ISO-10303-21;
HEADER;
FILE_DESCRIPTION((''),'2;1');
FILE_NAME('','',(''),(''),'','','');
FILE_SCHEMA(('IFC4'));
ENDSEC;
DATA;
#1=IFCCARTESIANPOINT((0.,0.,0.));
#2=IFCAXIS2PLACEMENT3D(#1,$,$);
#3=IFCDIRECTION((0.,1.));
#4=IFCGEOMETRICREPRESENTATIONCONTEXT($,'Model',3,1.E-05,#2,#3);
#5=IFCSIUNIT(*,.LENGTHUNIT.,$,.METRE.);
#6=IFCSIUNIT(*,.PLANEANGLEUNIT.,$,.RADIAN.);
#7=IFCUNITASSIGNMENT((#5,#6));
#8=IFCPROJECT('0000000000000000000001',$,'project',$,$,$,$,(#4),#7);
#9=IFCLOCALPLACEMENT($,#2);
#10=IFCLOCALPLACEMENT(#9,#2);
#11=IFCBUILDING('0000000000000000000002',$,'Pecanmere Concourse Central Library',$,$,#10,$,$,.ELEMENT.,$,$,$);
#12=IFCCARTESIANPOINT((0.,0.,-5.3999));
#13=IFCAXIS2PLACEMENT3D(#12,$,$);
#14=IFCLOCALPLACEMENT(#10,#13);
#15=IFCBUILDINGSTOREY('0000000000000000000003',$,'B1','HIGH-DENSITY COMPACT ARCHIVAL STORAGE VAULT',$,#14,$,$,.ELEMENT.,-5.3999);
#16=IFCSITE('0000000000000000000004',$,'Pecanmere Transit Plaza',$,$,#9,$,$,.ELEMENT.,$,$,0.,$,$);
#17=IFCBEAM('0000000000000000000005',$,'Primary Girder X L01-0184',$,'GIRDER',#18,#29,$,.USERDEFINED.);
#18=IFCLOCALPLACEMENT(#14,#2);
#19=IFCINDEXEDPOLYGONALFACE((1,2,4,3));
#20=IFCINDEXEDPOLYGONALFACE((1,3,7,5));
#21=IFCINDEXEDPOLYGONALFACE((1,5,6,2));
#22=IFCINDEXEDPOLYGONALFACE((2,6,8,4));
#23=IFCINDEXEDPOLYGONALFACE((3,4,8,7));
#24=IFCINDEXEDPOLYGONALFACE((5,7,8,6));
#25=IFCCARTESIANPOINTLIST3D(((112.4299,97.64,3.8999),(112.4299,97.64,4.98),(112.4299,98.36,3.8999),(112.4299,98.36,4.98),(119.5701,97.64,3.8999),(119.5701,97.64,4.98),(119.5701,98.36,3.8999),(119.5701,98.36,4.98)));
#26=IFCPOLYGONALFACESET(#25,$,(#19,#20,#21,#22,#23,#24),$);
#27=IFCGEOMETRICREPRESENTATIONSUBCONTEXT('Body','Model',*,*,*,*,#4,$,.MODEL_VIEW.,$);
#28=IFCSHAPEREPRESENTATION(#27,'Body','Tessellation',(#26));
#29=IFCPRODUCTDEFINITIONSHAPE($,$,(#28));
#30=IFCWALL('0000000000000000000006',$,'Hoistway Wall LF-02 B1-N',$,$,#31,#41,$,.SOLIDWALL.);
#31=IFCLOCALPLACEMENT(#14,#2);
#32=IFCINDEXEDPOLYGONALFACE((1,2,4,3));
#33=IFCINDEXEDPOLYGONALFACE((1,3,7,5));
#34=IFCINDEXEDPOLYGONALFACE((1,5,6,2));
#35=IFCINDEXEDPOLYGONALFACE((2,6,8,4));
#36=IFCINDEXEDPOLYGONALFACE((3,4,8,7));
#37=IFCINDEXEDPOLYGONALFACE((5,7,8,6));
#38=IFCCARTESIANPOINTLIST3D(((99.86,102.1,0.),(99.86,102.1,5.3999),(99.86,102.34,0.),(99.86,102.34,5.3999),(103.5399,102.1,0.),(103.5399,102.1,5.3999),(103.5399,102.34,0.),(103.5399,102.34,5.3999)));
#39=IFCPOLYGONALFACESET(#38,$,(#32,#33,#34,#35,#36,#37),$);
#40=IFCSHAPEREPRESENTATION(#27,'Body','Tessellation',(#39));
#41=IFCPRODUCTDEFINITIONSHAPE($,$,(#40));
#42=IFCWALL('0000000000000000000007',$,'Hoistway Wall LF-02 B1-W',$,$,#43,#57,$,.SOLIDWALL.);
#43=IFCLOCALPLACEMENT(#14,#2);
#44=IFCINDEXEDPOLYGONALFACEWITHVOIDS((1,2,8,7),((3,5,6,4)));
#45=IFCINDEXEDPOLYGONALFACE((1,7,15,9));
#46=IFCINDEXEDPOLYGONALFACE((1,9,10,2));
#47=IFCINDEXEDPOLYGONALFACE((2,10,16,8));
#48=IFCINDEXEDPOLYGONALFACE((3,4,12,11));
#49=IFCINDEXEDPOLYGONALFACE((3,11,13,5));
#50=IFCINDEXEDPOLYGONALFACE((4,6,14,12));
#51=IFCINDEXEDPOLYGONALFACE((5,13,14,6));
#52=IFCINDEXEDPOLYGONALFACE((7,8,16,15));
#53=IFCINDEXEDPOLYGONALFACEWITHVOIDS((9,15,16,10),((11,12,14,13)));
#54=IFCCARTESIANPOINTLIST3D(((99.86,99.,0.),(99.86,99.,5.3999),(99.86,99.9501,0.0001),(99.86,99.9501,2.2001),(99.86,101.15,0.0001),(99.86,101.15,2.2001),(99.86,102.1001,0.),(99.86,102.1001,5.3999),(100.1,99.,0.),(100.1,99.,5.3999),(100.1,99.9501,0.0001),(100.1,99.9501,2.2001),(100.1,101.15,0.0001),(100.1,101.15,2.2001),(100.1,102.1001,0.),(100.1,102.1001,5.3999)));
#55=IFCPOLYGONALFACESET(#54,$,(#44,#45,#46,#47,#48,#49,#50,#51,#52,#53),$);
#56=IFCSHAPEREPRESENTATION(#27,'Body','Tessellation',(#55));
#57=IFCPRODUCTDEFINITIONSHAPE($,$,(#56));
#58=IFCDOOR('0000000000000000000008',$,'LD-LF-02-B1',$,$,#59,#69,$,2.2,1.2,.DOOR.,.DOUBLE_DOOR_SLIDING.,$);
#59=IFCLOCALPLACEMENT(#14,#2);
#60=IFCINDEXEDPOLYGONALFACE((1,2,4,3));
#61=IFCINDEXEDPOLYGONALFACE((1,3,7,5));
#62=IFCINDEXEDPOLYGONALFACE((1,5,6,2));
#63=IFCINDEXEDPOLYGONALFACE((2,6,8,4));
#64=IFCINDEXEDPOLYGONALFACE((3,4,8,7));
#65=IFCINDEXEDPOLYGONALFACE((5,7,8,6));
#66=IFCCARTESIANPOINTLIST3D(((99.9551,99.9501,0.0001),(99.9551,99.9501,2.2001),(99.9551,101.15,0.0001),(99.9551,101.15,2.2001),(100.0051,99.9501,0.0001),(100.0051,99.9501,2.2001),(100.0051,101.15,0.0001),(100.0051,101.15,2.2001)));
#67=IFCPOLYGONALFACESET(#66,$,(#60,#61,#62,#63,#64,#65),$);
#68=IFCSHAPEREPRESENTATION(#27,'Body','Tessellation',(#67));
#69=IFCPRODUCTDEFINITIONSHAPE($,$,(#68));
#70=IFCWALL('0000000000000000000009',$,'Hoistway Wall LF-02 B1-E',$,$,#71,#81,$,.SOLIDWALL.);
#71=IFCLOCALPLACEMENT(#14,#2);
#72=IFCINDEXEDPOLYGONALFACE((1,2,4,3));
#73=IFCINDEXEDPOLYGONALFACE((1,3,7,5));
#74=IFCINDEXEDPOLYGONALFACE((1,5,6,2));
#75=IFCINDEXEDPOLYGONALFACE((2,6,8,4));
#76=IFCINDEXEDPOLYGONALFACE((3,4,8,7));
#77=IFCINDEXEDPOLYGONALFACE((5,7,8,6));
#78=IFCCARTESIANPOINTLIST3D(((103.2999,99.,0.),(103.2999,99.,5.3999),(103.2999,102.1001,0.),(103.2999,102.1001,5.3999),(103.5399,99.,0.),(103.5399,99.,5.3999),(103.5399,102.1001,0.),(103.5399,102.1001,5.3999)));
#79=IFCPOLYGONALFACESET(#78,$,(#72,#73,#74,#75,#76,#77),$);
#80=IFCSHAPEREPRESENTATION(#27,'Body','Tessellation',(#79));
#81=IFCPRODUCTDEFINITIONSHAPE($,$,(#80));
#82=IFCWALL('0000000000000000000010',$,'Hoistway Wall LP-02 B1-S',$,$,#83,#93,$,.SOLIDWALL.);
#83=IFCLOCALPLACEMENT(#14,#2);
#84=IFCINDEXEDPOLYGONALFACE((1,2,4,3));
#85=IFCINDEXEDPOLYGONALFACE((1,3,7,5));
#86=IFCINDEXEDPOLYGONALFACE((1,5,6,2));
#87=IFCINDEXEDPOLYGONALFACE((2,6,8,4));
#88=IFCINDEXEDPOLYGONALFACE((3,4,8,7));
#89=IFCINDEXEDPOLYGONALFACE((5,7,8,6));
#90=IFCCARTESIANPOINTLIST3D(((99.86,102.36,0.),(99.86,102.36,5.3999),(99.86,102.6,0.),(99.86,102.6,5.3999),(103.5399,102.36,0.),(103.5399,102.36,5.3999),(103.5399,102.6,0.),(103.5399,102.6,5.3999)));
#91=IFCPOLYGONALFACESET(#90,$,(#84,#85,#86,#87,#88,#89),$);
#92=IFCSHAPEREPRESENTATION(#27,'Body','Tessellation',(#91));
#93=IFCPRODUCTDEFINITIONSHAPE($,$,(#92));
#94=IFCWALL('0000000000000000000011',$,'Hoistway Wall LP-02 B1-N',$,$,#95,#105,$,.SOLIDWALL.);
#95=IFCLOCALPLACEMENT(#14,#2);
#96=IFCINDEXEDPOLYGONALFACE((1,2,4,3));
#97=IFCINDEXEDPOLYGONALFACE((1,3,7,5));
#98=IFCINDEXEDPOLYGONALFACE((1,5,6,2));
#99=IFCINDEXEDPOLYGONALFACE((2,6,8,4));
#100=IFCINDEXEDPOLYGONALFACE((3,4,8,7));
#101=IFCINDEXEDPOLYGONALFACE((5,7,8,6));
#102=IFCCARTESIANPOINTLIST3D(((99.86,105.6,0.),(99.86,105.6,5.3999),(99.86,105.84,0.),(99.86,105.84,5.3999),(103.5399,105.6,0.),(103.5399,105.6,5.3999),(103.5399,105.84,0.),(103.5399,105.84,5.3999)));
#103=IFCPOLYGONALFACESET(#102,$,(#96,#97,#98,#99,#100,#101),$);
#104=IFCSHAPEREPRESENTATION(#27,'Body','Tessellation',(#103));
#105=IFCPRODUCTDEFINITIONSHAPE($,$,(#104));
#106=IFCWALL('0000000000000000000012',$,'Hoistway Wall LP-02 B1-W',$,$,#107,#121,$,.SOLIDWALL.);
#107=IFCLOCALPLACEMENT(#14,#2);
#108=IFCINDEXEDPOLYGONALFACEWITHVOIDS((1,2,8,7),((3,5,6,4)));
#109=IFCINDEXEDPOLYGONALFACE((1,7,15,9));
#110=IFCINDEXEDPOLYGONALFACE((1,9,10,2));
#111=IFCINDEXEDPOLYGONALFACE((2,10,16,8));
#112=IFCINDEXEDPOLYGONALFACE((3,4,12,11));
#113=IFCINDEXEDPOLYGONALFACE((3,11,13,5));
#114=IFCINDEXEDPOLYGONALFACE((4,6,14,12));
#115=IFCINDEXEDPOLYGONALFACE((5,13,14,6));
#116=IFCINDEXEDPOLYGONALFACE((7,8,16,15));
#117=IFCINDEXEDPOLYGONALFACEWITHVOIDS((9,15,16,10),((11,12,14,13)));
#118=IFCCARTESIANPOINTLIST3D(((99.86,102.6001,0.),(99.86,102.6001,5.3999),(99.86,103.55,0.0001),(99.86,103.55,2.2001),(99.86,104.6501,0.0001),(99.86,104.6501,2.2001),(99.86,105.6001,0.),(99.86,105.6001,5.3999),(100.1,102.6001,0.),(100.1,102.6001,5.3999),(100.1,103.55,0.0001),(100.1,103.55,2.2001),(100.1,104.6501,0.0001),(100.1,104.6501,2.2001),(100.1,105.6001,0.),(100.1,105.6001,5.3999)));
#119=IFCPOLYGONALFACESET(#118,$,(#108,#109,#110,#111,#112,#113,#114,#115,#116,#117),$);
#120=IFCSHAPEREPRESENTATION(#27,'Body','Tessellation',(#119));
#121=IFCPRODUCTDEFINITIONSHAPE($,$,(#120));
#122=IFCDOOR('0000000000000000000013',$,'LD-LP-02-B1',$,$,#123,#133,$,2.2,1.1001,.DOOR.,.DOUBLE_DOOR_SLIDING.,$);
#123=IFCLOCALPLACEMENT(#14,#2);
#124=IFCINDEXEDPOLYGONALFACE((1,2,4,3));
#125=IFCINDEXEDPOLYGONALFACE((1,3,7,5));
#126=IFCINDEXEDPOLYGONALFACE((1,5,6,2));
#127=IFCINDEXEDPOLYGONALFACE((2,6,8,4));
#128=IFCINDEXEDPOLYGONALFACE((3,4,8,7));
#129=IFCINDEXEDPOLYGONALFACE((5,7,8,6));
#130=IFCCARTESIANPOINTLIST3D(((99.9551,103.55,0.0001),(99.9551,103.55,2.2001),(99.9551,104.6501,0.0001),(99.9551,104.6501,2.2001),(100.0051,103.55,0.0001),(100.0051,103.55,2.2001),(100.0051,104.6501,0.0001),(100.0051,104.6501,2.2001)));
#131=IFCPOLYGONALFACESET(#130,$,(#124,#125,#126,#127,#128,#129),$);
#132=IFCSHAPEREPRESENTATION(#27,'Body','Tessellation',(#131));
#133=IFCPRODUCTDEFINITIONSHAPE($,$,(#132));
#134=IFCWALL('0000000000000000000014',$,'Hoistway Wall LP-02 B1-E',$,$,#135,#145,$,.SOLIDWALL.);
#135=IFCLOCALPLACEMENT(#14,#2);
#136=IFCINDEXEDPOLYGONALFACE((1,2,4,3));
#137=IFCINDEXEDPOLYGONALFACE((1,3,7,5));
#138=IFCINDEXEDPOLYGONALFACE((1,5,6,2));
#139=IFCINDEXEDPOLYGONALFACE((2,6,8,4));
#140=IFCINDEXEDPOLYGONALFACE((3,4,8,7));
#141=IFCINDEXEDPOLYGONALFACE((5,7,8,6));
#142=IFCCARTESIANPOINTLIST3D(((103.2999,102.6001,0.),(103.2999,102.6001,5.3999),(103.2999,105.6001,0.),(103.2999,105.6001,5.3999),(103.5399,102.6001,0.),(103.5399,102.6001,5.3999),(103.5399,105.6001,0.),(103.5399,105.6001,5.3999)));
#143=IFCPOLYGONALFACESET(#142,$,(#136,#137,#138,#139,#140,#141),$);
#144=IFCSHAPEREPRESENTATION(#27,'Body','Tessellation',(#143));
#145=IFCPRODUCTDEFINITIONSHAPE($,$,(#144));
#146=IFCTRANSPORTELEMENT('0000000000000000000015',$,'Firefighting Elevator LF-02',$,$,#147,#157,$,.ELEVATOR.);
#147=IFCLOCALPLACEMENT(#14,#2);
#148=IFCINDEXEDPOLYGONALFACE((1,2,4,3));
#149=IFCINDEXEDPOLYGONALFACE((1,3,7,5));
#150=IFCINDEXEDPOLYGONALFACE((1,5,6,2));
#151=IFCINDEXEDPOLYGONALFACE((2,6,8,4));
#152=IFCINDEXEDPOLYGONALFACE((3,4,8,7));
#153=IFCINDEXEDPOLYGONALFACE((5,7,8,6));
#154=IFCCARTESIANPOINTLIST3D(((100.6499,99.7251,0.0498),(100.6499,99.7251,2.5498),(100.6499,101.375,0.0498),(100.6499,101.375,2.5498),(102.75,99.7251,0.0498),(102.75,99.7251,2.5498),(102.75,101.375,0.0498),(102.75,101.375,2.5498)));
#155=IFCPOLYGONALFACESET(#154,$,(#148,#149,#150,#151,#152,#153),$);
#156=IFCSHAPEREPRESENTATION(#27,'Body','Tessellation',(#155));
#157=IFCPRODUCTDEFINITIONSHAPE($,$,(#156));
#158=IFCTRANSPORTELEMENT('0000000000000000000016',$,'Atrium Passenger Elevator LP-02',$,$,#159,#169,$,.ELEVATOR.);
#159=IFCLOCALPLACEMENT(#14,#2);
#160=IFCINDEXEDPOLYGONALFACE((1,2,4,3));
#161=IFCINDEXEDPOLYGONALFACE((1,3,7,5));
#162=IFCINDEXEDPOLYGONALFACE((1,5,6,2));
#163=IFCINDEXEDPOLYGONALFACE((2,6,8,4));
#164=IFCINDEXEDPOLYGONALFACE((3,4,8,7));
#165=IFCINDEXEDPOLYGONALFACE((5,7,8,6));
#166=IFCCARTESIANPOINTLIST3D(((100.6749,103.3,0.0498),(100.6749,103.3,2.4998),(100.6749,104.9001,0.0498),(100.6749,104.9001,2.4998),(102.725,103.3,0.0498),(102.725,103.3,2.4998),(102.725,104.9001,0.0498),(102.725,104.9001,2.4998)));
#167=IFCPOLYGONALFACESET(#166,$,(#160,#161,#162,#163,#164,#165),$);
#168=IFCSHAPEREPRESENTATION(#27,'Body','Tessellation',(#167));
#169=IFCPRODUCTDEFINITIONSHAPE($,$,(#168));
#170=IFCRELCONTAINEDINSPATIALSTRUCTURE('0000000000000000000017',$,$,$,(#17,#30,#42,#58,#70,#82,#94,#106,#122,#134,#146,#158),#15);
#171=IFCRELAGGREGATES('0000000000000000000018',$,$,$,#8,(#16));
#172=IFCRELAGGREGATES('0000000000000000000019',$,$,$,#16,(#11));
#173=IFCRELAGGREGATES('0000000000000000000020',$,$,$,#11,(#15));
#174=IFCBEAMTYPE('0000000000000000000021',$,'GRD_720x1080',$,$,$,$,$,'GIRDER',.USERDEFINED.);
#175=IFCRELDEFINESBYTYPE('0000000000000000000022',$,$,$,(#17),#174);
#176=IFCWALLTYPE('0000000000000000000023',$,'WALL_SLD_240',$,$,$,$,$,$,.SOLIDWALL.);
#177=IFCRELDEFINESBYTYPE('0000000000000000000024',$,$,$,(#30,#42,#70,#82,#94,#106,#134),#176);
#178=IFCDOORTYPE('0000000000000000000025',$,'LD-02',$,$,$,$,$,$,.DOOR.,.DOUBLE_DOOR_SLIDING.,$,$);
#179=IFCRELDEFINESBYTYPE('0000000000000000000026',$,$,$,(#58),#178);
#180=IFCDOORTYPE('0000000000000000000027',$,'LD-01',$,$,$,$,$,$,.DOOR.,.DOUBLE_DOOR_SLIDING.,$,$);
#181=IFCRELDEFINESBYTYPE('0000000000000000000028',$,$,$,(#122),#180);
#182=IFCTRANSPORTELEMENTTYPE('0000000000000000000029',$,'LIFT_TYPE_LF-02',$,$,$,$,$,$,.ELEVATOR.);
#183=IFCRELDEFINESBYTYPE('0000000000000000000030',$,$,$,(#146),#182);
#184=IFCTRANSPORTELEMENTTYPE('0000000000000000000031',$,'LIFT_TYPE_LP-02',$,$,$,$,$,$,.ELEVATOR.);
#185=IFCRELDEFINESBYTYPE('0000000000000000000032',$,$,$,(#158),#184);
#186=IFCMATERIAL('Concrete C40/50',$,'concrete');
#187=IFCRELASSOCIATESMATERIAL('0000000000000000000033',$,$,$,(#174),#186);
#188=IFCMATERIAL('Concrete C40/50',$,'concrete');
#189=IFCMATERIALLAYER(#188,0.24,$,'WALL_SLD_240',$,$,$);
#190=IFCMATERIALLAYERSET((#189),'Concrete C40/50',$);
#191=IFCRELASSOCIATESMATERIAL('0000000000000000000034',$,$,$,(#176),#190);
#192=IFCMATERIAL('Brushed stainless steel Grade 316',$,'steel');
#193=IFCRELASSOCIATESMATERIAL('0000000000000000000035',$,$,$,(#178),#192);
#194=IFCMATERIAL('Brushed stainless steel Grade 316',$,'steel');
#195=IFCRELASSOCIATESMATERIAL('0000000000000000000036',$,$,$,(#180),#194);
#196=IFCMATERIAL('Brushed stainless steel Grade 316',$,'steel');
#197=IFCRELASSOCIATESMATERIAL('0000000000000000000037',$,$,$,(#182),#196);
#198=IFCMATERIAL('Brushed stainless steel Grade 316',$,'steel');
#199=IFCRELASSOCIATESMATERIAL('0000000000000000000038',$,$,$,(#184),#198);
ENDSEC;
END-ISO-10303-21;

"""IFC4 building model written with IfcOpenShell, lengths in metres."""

from ifc_helpers import new_model, si_unit, direction, frame, frame_2d, origin, origin_2d, place, context, subcontext, project, spatial, rectangle, extrude, material, layer, layer_set, material_profile, profile_set, type_object, element, fill, save


model = new_model("IFC4")

# Units and contexts
model_context = context("Model", 3, precision=1e-05, world=origin(), true_north=direction((0.0, 1.0)))
body_context = subcontext(model_context, "Body", "Model", "MODEL_VIEW")
ifc_project = project(units=[si_unit("LENGTHUNIT", "METRE"), si_unit("PLANEANGLEUNIT", "RADIAN")], contexts=[model_context])

# Site, building, storey
site_placement = place(None, origin())
site = spatial("IfcSite", under=ifc_project, at=site_placement, Name="Pecanmere Transit Plaza", CompositionType="ELEMENT", RefElevation=0.0)
building_placement = place(site_placement, origin())
building = spatial("IfcBuilding", under=site, at=building_placement, Name="Pecanmere Concourse Central Library", CompositionType="ELEMENT")
storey_placement = place(building_placement, frame((0.0, 0.0, -5.3999)))
storey = spatial("IfcBuildingStorey", under=building, at=storey_placement, Name="B1", Description="HIGH-DENSITY COMPACT ARCHIVAL STORAGE VAULT", CompositionType="ELEMENT", Elevation=-5.3999)

# Beam
ifc_material_1 = material(Name="Concrete C40/50", Category="concrete")
ifc_material_profile_1 = material_profile(ifc_material_1, rectangle(XDim=0.72, YDim=1.0801, at=origin_2d()), Name="RC 720x1080")
ifc_profile_set_1 = profile_set([ifc_material_profile_1], Name="Concrete C40/50")
beam_type_1 = type_object("IfcBeamType", Name="GRD_720x1080", ElementType="GIRDER", PredefinedType="USERDEFINED", material=ifc_profile_set_1)
beam_1_placement = place(storey_placement, frame((112.4299, 98.0, 4.4399), z_axis=(1.0, 0.0, 0.0), x_axis=(0.0, 1.0, 0.0)))
element("IfcBeam", 1, at=beam_1_placement, inside=storey, type_object=beam_type_1, Name="Primary Girder X L01-0184", ObjectType="GIRDER", PredefinedType="USERDEFINED", context=body_context, shape_type="SweptSolid", body=[
    extrude(rectangle(XDim=0.72, YDim=1.0801, at=origin_2d()), origin(), (0.0, 0.0, 1.0), 7.1401),
])

# Wall
ifc_material_2 = material(Name="Concrete C40/50", Category="concrete")
ifc_layer = layer(ifc_material_2, 0.24, Name="WALL_SLD_240")
ifc_layer_set = layer_set([ifc_layer], Name="Concrete C40/50")
wall_type = type_object("IfcWallType", Name="WALL_SLD_240", PredefinedType="SOLIDWALL", material=ifc_layer_set)
wall_1_placement = place(storey_placement, frame((99.8601, 102.22, 0.0), z_axis=(0.0, 0.0, 1.0), x_axis=(1.0, 0.0, 0.0)))
element("IfcWall", 2, at=wall_1_placement, inside=storey, type_object=wall_type, Name="Hoistway Wall LF-02 B1-N", PredefinedType="SOLIDWALL", context=body_context, shape_type="SweptSolid", body=[
    extrude(rectangle(XDim=3.6799, YDim=0.24, at=frame_2d((1.8398, 0.0))), origin(), (0.0, 0.0, 1.0), 5.3999),
])

# Wall, opening, door
wall_2_placement = place(storey_placement, frame((99.98, 99.0, 0.0), z_axis=(0.0, 0.0, 1.0), x_axis=(0.0, 1.0, 0.0)))
wall_2 = element("IfcWall", 3, at=wall_2_placement, inside=storey, type_object=wall_type, Name="Hoistway Wall LF-02 B1-W", PredefinedType="SOLIDWALL", context=body_context, shape_type="SweptSolid", body=[
    extrude(rectangle(XDim=3.1001, YDim=0.24, at=frame_2d((1.55, 0.0))), origin(), (0.0, 0.0, 1.0), 5.3999),
])
opening_1_placement = place(wall_2_placement, frame((0.95, 0.0, 0.0)))
opening_1 = element("IfcOpeningElement", 4, at=opening_1_placement, cuts=wall_2, PredefinedType="OPENING", context=body_context, shape_type="SweptSolid", body=[
    extrude(rectangle(XDim=1.2, YDim=2.2, at=frame_2d((0.6001, 1.1001))), frame((0.0, 0.1318, 0.0), z_axis=(0.0, -1.0, 0.0), x_axis=(1.0, 0.0, 0.0)), (0.0, 0.0, 1.0), 0.2639),
])
ifc_material_3 = material(Name="Brushed stainless steel Grade 316", Category="steel")
door_type_1 = type_object("IfcDoorType", Name="LD-02", OperationType="DOUBLE_DOOR_SLIDING", PredefinedType="DOOR", material=ifc_material_3)
door_1_placement = place(opening_1_placement, origin())
door_1 = element("IfcDoor", 5, at=door_1_placement, inside=storey, type_object=door_type_1, Name="LD-LF-02-B1", OperationType="DOUBLE_DOOR_SLIDING", OverallHeight=2.2, OverallWidth=1.2, PredefinedType="DOOR", context=body_context, shape_type="SweptSolid", body=[
    extrude(rectangle(XDim=1.2, YDim=2.2, at=frame_2d((0.6001, 1.1001))), frame((0.0, 0.0249, 0.0), z_axis=(0.0, -1.0, 0.0), x_axis=(1.0, 0.0, 0.0)), (0.0, 0.0, 1.0), 0.05),
])
fill(opening_1, door_1)

# Walls
wall_3_placement = place(storey_placement, frame((103.4199, 99.0, 0.0), z_axis=(0.0, 0.0, 1.0), x_axis=(0.0, 1.0, 0.0)))
element("IfcWall", 6, at=wall_3_placement, inside=storey, type_object=wall_type, Name="Hoistway Wall LF-02 B1-E", PredefinedType="SOLIDWALL", context=body_context, shape_type="SweptSolid", body=[
    extrude(rectangle(XDim=3.1001, YDim=0.24, at=frame_2d((1.55, 0.0))), origin(), (0.0, 0.0, 1.0), 5.3999),
])
for number, where, z_axis, x_axis, name in (
    (7, (99.8601, 102.48, 0.0), (0.0, 0.0, 1.0), (1.0, 0.0, 0.0), "Hoistway Wall LP-02 B1-S"),
    (8, (99.8601, 105.72, 0.0), (0.0, 0.0, 1.0), (1.0, 0.0, 0.0), "Hoistway Wall LP-02 B1-N"),
):
    element("IfcWall", number, at=place(storey_placement, frame(where, z_axis=z_axis, x_axis=x_axis)), inside=storey, type_object=wall_type, Name=name, PredefinedType="SOLIDWALL", context=body_context, shape_type="SweptSolid", body=[
        extrude(rectangle(XDim=3.6799, YDim=0.24, at=frame_2d((1.8398, 0.0))), origin(), (0.0, 0.0, 1.0), 5.3999),
    ])

# Wall, opening, door
wall_4_placement = place(storey_placement, frame((99.98, 102.6001, 0.0), z_axis=(0.0, 0.0, 1.0), x_axis=(0.0, 1.0, 0.0)))
wall_4 = element("IfcWall", 9, at=wall_4_placement, inside=storey, type_object=wall_type, Name="Hoistway Wall LP-02 B1-W", PredefinedType="SOLIDWALL", context=body_context, shape_type="SweptSolid", body=[
    extrude(rectangle(XDim=3.0, YDim=0.24, at=frame_2d((1.5, 0.0))), origin(), (0.0, 0.0, 1.0), 5.3999),
])
opening_2_placement = place(wall_4_placement, frame((0.95, 0.0, 0.0)))
opening_2 = element("IfcOpeningElement", 10, at=opening_2_placement, cuts=wall_4, PredefinedType="OPENING", context=body_context, shape_type="SweptSolid", body=[
    extrude(rectangle(XDim=1.1001, YDim=2.2, at=frame_2d((0.55, 1.1001))), frame((0.0, 0.1318, 0.0), z_axis=(0.0, -1.0, 0.0), x_axis=(1.0, 0.0, 0.0)), (0.0, 0.0, 1.0), 0.2639),
])
ifc_material_4 = material(Name="Brushed stainless steel Grade 316", Category="steel")
door_type_2 = type_object("IfcDoorType", Name="LD-01", OperationType="DOUBLE_DOOR_SLIDING", PredefinedType="DOOR", material=ifc_material_4)
door_2_placement = place(opening_2_placement, origin())
door_2 = element("IfcDoor", 11, at=door_2_placement, inside=storey, type_object=door_type_2, Name="LD-LP-02-B1", OperationType="DOUBLE_DOOR_SLIDING", OverallHeight=2.2, OverallWidth=1.1001, PredefinedType="DOOR", context=body_context, shape_type="SweptSolid", body=[
    extrude(rectangle(XDim=1.1001, YDim=2.2, at=frame_2d((0.55, 1.1001))), frame((0.0, 0.0249, 0.0), z_axis=(0.0, -1.0, 0.0), x_axis=(1.0, 0.0, 0.0)), (0.0, 0.0, 1.0), 0.05),
])
fill(opening_2, door_2)

# Wall
wall_5_placement = place(storey_placement, frame((103.4199, 102.6001, 0.0), z_axis=(0.0, 0.0, 1.0), x_axis=(0.0, 1.0, 0.0)))
element("IfcWall", 12, at=wall_5_placement, inside=storey, type_object=wall_type, Name="Hoistway Wall LP-02 B1-E", PredefinedType="SOLIDWALL", context=body_context, shape_type="SweptSolid", body=[
    extrude(rectangle(XDim=3.0, YDim=0.24, at=frame_2d((1.5, 0.0))), origin(), (0.0, 0.0, 1.0), 5.3999),
])

# Transport elements
ifc_material_5 = material(Name="Brushed stainless steel Grade 316", Category="steel")
transport_element_type_1 = type_object("IfcTransportElementType", Name="LIFT_TYPE_LF-02", PredefinedType="ELEVATOR", material=ifc_material_5)
transport_element_1_placement = place(storey_placement, frame((101.7, 100.55, 0.0498), z_axis=(0.0, 0.0, 1.0), x_axis=(1.0, 0.0, 0.0)))
element("IfcTransportElement", 13, at=transport_element_1_placement, inside=storey, type_object=transport_element_type_1, Name="Firefighting Elevator LF-02", PredefinedType="ELEVATOR", context=body_context, shape_type="SweptSolid", body=[
    extrude(rectangle(XDim=2.1001, YDim=1.6499, at=origin_2d()), origin(), (0.0, 0.0, 1.0), 2.5),
])
ifc_material_6 = material(Name="Brushed stainless steel Grade 316", Category="steel")
transport_element_type_2 = type_object("IfcTransportElementType", Name="LIFT_TYPE_LP-02", PredefinedType="ELEVATOR", material=ifc_material_6)
transport_element_2_placement = place(storey_placement, frame((101.7, 104.1001, 0.0498), z_axis=(0.0, 0.0, 1.0), x_axis=(1.0, 0.0, 0.0)))
element("IfcTransportElement", 14, at=transport_element_2_placement, inside=storey, type_object=transport_element_type_2, Name="Atrium Passenger Elevator LP-02", PredefinedType="ELEVATOR", context=body_context, shape_type="SweptSolid", body=[
    extrude(rectangle(XDim=2.05, YDim=1.6001, at=origin_2d()), origin(), (0.0, 0.0, 1.0), 2.45),
])

save(model, "model.ifc")
